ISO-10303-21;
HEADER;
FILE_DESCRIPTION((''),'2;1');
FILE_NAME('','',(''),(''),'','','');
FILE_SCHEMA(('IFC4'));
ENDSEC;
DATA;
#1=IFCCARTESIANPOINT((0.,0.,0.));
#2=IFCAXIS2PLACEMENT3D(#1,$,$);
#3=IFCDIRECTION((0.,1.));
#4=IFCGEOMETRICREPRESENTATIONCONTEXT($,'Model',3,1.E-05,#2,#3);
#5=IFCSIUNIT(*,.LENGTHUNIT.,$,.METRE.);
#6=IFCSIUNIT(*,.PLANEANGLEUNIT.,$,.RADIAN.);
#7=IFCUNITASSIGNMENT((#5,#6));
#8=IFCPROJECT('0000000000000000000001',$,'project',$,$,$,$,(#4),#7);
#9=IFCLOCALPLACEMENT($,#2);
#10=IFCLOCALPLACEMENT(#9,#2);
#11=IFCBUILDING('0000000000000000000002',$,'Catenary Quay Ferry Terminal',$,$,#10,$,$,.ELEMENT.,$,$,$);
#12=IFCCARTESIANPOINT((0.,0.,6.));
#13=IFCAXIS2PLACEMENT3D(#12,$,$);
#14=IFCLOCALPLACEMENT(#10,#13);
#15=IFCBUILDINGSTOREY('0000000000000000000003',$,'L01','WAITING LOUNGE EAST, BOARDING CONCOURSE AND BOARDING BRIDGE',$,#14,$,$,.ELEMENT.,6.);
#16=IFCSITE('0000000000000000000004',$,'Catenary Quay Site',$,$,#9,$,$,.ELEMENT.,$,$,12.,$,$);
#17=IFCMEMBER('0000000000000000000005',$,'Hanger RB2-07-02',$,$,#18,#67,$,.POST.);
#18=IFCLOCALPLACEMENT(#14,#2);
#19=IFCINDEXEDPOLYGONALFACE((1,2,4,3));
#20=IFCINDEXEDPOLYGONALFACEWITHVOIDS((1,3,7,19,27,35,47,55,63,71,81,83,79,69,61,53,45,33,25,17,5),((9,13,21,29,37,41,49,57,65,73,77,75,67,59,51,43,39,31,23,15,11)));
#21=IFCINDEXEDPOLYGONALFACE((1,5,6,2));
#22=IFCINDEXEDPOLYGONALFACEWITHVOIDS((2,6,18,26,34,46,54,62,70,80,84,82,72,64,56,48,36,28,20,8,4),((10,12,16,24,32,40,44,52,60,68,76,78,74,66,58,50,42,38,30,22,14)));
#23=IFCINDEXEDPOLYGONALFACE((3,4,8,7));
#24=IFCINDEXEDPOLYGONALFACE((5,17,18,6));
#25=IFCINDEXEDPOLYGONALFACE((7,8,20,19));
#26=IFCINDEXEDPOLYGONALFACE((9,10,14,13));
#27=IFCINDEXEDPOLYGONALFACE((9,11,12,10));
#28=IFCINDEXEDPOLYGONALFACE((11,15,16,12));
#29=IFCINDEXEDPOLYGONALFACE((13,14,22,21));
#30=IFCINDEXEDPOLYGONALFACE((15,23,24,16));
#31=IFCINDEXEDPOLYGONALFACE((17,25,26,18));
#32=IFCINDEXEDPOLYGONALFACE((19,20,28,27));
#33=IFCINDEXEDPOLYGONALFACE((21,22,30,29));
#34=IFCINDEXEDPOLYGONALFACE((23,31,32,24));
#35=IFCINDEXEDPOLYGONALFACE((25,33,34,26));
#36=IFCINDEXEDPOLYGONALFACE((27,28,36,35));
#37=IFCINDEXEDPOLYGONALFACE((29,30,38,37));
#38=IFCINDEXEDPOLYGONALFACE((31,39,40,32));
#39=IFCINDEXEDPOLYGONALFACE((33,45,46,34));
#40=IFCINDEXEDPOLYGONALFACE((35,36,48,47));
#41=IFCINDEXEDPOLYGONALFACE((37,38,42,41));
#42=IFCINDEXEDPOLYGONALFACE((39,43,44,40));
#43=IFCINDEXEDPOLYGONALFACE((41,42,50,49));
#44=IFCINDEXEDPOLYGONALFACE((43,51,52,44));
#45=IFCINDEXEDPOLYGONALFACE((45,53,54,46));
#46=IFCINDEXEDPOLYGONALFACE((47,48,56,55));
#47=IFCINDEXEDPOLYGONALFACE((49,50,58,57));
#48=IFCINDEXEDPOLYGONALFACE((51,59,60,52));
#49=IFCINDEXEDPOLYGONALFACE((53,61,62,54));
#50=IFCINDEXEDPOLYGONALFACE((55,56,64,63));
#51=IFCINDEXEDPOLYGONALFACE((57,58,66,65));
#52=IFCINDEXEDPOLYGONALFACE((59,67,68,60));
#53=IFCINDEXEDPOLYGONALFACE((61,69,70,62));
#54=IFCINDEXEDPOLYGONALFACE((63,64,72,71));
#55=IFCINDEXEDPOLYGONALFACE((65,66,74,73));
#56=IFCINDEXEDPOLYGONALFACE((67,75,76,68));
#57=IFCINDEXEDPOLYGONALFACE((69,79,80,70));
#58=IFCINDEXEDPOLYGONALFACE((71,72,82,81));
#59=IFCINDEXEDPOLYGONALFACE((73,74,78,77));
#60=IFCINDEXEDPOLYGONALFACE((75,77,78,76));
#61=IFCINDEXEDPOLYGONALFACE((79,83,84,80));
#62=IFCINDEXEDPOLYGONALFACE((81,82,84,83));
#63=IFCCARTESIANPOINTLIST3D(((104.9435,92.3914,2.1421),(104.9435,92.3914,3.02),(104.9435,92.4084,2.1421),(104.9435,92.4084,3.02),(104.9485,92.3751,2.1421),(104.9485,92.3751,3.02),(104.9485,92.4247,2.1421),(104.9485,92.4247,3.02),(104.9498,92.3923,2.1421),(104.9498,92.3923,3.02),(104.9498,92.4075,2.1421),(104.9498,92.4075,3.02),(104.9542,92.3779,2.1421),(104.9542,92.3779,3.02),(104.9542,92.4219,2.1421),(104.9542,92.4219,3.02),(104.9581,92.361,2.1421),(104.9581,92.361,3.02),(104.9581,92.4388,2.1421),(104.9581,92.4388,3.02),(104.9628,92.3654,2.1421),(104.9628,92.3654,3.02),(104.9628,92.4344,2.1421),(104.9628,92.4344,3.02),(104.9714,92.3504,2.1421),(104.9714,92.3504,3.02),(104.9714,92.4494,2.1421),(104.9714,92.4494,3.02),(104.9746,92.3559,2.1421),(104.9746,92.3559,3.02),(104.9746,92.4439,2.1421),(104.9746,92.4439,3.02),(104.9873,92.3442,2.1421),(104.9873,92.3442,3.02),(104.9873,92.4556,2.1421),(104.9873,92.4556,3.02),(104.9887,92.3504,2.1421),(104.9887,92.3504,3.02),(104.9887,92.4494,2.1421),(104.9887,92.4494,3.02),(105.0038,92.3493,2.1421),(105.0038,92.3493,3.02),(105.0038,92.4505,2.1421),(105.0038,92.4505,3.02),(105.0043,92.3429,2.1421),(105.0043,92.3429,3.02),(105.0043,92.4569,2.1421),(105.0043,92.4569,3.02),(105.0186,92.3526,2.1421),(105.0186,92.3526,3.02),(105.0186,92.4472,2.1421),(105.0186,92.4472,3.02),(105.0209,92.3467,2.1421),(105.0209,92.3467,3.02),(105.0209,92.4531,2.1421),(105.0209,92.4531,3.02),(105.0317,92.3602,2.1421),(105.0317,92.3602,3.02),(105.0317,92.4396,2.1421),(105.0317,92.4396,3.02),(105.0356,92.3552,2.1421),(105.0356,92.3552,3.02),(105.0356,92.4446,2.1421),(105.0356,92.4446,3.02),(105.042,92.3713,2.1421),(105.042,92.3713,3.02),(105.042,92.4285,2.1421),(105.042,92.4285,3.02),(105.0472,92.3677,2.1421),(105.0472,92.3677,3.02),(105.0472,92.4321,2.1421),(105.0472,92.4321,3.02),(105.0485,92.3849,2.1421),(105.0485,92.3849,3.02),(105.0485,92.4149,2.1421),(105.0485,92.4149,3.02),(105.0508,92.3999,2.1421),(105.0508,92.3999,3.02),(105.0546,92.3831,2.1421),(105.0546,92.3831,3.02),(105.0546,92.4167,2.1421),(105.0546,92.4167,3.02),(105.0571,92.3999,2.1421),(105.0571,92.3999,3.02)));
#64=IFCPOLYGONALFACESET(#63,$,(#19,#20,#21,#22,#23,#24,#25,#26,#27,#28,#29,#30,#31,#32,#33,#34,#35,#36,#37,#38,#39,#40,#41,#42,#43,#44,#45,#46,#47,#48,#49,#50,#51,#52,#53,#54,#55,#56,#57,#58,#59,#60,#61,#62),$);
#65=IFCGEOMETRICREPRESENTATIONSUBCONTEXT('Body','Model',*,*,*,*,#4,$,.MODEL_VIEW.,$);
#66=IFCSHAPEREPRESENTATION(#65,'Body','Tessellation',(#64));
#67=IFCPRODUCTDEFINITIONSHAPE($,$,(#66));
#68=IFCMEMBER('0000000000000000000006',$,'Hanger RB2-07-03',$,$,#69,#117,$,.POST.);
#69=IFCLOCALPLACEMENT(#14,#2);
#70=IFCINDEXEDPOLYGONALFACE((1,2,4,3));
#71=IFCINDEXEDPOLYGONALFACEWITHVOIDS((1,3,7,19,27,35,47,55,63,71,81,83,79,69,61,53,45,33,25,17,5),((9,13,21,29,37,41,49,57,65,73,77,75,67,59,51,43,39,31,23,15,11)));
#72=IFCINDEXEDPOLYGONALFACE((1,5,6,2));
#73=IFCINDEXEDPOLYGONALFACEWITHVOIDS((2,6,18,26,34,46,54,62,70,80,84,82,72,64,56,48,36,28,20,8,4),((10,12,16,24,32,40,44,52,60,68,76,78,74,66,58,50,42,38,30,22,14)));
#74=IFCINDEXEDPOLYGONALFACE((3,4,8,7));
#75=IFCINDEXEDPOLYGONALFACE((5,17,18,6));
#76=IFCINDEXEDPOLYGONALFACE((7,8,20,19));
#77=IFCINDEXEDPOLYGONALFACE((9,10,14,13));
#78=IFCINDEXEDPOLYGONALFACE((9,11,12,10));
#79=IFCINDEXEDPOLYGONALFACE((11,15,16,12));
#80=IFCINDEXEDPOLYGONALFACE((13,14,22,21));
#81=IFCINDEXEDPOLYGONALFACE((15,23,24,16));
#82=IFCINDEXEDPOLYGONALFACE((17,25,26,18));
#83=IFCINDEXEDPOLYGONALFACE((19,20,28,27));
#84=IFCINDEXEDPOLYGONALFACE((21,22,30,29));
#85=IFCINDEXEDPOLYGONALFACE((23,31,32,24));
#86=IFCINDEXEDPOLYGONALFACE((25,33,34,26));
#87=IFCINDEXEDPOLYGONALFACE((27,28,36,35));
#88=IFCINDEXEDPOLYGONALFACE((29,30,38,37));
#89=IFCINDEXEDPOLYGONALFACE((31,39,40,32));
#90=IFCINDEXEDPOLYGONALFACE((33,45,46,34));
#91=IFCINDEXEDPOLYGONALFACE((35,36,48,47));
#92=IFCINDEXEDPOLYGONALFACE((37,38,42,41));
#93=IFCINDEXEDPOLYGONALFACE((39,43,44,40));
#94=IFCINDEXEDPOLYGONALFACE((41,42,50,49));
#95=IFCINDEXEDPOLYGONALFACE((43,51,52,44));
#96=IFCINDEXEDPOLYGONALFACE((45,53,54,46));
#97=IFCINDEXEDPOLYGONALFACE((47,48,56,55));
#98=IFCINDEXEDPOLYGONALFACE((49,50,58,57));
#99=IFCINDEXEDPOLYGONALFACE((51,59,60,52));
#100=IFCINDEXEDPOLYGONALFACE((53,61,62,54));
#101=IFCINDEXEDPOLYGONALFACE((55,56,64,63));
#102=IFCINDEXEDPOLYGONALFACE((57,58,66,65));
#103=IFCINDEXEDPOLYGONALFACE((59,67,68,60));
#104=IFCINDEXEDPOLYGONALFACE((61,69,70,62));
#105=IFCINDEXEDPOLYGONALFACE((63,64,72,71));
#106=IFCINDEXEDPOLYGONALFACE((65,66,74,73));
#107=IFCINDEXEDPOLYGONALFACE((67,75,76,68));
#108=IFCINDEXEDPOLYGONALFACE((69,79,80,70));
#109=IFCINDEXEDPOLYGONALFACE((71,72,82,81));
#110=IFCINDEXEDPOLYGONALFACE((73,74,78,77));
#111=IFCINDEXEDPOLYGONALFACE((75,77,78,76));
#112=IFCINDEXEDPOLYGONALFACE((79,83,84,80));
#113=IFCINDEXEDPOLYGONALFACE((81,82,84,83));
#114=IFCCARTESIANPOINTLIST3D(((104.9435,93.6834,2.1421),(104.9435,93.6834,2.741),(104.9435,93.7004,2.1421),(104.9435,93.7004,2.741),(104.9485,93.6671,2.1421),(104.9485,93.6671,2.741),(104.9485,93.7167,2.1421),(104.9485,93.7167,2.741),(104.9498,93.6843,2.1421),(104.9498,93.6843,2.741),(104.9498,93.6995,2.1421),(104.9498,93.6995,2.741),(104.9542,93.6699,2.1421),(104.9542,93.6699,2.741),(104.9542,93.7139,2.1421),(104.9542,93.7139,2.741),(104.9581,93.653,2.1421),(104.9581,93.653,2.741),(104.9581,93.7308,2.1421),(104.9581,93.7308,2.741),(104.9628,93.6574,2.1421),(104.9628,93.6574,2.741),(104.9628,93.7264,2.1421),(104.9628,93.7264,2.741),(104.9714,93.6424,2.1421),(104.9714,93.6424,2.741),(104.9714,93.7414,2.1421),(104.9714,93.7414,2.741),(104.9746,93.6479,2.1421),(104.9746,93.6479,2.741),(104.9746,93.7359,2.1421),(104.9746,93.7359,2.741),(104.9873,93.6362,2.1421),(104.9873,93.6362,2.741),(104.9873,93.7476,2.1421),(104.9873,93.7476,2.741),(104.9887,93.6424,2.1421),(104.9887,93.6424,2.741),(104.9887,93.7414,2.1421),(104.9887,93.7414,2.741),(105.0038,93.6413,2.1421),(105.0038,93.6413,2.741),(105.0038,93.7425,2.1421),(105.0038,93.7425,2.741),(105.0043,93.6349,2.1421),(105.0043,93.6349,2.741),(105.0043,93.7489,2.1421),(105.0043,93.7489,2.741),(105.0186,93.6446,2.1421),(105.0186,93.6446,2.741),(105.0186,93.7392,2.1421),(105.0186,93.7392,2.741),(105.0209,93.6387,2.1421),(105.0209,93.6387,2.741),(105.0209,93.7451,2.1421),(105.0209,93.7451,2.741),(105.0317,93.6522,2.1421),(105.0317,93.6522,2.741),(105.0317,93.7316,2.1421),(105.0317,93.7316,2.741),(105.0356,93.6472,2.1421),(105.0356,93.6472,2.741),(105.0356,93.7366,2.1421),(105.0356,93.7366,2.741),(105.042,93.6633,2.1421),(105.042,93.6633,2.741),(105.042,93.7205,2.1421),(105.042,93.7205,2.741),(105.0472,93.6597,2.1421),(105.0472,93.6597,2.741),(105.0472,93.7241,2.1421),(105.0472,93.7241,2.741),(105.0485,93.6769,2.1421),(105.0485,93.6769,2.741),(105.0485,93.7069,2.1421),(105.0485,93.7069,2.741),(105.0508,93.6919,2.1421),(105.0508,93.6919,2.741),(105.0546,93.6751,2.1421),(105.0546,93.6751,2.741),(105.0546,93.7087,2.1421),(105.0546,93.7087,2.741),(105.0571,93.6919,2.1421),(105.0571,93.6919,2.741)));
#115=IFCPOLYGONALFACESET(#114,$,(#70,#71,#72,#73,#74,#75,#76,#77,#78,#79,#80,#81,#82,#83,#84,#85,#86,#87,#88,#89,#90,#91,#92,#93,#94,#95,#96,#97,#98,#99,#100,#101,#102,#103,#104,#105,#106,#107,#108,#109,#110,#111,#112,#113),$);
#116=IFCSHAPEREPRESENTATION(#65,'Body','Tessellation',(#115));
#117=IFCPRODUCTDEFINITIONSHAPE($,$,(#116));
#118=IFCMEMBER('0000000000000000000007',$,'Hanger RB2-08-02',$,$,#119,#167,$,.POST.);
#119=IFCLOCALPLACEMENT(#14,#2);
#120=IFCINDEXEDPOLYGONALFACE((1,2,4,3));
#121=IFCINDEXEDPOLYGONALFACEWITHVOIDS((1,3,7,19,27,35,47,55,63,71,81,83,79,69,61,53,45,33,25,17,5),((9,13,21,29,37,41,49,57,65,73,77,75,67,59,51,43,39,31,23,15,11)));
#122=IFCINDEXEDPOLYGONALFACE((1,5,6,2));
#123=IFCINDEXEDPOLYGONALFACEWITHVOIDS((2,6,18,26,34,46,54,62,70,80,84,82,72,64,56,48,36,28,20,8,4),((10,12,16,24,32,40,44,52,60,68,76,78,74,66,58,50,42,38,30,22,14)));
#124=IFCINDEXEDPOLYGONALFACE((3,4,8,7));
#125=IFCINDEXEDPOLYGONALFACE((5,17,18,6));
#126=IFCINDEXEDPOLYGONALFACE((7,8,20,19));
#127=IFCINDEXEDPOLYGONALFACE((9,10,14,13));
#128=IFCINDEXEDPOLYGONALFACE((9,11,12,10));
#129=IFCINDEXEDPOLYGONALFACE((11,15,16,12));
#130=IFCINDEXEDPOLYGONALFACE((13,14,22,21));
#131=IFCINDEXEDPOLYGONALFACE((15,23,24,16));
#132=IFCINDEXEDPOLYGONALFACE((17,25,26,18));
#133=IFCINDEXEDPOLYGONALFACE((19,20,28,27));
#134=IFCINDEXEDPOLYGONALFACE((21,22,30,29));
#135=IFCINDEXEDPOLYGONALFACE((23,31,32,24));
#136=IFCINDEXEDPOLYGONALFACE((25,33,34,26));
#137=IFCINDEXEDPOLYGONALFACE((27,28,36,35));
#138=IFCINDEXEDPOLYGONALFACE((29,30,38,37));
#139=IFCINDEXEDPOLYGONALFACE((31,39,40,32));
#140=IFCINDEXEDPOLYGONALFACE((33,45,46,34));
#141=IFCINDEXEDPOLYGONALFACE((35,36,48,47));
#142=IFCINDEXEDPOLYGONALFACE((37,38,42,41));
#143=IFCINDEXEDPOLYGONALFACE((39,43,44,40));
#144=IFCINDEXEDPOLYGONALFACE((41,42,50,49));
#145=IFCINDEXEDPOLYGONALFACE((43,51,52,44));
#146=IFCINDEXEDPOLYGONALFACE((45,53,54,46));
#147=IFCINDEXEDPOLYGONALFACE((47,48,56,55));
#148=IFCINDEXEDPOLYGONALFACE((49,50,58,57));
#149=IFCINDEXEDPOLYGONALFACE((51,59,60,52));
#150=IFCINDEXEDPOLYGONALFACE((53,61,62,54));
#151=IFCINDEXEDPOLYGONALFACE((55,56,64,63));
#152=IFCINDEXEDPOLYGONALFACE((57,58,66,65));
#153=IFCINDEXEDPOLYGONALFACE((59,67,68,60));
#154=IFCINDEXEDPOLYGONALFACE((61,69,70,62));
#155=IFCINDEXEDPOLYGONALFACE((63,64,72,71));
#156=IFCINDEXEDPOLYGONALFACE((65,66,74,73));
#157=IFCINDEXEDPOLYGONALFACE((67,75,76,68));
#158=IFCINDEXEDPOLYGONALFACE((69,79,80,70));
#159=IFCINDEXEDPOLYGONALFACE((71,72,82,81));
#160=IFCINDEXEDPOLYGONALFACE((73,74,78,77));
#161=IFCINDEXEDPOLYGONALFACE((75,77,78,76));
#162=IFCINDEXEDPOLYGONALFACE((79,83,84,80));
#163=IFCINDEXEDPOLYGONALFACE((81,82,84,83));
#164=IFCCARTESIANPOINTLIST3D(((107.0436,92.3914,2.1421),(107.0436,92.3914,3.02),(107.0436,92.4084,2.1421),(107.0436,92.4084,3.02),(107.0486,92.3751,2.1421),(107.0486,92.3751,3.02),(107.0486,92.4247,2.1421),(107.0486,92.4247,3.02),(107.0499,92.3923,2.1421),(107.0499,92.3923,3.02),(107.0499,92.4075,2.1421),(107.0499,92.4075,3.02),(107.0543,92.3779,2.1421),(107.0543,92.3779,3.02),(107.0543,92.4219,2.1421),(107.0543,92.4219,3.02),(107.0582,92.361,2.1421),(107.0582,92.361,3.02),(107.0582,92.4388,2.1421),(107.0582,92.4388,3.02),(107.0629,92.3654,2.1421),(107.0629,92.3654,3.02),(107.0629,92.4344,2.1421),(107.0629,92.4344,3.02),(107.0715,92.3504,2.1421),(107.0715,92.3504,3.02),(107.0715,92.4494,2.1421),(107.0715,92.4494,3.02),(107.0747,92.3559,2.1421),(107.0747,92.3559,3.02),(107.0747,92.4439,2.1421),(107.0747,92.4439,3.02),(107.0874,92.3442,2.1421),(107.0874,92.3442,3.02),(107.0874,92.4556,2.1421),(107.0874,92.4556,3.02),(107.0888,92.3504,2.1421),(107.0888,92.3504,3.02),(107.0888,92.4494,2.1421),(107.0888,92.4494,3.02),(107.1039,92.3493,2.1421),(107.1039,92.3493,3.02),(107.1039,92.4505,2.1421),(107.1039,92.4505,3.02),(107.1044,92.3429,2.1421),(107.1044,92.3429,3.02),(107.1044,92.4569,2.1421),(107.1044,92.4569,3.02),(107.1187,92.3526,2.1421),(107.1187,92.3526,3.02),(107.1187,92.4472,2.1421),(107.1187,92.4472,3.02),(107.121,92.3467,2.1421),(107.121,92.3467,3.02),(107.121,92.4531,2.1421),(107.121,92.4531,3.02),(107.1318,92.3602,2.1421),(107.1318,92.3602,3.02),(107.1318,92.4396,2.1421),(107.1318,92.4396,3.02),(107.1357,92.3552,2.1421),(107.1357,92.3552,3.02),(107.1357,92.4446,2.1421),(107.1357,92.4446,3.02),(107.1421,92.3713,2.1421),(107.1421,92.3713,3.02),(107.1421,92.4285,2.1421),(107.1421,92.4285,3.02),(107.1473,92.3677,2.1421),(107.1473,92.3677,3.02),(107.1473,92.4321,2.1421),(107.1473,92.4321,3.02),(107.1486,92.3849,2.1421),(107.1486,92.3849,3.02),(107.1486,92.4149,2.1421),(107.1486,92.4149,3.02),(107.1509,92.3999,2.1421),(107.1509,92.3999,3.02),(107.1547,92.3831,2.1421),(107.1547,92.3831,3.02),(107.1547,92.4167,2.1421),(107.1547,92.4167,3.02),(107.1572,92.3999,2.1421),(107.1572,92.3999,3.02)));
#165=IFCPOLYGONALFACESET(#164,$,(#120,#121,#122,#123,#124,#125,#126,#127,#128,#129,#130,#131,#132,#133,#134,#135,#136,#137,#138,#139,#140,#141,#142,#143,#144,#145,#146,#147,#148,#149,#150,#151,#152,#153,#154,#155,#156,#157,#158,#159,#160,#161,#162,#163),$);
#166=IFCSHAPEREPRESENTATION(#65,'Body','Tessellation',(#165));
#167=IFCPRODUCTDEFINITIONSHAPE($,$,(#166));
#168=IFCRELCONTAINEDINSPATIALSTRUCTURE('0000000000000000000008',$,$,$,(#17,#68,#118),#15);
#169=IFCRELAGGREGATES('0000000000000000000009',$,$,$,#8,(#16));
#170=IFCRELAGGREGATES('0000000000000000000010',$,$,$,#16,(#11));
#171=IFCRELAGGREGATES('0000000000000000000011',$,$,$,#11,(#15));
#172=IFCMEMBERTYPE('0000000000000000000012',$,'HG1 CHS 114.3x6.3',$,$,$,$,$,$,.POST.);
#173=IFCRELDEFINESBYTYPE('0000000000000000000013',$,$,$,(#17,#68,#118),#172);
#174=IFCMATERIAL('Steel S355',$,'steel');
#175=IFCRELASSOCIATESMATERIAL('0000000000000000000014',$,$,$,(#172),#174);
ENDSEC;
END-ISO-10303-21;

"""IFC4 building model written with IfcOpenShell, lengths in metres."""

from ifc_helpers import new_model, si_unit, direction, frame, origin, origin_2d, place, context, subcontext, project, spatial, hollow_circle, extrude, material, material_profile, profile_set, type_object, element, save


model = new_model("IFC4")

# Units and contexts
model_context = context("Model", 3, precision=1e-05, world=origin(), true_north=direction((0.0, 1.0)))
body_context = subcontext(model_context, "Body", "Model", "MODEL_VIEW")
ifc_project = project(units=[si_unit("LENGTHUNIT", "METRE"), si_unit("PLANEANGLEUNIT", "RADIAN")], contexts=[model_context])

# Site, building, storey
site_placement = place(None, origin())
site = spatial("IfcSite", under=ifc_project, at=site_placement, Name="Catenary Quay Site", CompositionType="ELEMENT", RefElevation=12.0)
building_placement = place(site_placement, origin())
building = spatial("IfcBuilding", under=site, at=building_placement, Name="Catenary Quay Ferry Terminal", CompositionType="ELEMENT")
storey_placement = place(building_placement, frame((0.0, 0.0, 6.0)))
storey = spatial("IfcBuildingStorey", under=building, at=storey_placement, Name="L01", Description="WAITING LOUNGE EAST, BOARDING CONCOURSE AND BOARDING BRIDGE", CompositionType="ELEMENT", Elevation=6.0)

# Members
ifc_material_1 = material(Name="Steel S355", Category="steel")
ifc_material_profile_1 = material_profile(ifc_material_1, hollow_circle(Radius=0.0571, WallThickness=0.0063, at=origin_2d()), Name="CHS 114.3x6.3")
ifc_profile_set_1 = profile_set([ifc_material_profile_1], Name="Steel S355")
member_type_1 = type_object("IfcMemberType", Name="HG1 CHS 114.3x6.3", PredefinedType="POST", material=ifc_profile_set_1)
member_1_placement = place(storey_placement, frame((105.0, 92.3999, 2.1421), z_axis=(0.0, 0.0, 1.0), x_axis=(1.0, 0.0, 0.0)))
element("IfcMember", 1, at=member_1_placement, inside=storey, type_object=member_type_1, Name="Hanger RB2-07-02", PredefinedType="POST", context=body_context, shape_type="SweptSolid", body=[
    extrude(hollow_circle(Radius=0.0571, WallThickness=0.0063, at=origin_2d()), origin(), (0.0, 0.0, 1.0), 0.8779),
])
member_2_placement = place(storey_placement, frame((105.0, 93.6919, 2.1421), z_axis=(0.0, 0.0, 1.0), x_axis=(1.0, 0.0, 0.0)))
element("IfcMember", 2, at=member_2_placement, inside=storey, type_object=member_type_1, Name="Hanger RB2-07-03", PredefinedType="POST", context=body_context, shape_type="SweptSolid", body=[
    extrude(hollow_circle(Radius=0.0571, WallThickness=0.0063, at=origin_2d()), origin(), (0.0, 0.0, 1.0), 0.5989),
])
member_3_placement = place(storey_placement, frame((107.1001, 92.3999, 2.1421), z_axis=(0.0, 0.0, 1.0), x_axis=(1.0, 0.0, 0.0)))
element("IfcMember", 3, at=member_3_placement, inside=storey, type_object=member_type_1, Name="Hanger RB2-08-02", PredefinedType="POST", context=body_context, shape_type="SweptSolid", body=[
    extrude(hollow_circle(Radius=0.0571, WallThickness=0.0063, at=origin_2d()), origin(), (0.0, 0.0, 1.0), 0.8779),
])

save(model, "model.ifc")
